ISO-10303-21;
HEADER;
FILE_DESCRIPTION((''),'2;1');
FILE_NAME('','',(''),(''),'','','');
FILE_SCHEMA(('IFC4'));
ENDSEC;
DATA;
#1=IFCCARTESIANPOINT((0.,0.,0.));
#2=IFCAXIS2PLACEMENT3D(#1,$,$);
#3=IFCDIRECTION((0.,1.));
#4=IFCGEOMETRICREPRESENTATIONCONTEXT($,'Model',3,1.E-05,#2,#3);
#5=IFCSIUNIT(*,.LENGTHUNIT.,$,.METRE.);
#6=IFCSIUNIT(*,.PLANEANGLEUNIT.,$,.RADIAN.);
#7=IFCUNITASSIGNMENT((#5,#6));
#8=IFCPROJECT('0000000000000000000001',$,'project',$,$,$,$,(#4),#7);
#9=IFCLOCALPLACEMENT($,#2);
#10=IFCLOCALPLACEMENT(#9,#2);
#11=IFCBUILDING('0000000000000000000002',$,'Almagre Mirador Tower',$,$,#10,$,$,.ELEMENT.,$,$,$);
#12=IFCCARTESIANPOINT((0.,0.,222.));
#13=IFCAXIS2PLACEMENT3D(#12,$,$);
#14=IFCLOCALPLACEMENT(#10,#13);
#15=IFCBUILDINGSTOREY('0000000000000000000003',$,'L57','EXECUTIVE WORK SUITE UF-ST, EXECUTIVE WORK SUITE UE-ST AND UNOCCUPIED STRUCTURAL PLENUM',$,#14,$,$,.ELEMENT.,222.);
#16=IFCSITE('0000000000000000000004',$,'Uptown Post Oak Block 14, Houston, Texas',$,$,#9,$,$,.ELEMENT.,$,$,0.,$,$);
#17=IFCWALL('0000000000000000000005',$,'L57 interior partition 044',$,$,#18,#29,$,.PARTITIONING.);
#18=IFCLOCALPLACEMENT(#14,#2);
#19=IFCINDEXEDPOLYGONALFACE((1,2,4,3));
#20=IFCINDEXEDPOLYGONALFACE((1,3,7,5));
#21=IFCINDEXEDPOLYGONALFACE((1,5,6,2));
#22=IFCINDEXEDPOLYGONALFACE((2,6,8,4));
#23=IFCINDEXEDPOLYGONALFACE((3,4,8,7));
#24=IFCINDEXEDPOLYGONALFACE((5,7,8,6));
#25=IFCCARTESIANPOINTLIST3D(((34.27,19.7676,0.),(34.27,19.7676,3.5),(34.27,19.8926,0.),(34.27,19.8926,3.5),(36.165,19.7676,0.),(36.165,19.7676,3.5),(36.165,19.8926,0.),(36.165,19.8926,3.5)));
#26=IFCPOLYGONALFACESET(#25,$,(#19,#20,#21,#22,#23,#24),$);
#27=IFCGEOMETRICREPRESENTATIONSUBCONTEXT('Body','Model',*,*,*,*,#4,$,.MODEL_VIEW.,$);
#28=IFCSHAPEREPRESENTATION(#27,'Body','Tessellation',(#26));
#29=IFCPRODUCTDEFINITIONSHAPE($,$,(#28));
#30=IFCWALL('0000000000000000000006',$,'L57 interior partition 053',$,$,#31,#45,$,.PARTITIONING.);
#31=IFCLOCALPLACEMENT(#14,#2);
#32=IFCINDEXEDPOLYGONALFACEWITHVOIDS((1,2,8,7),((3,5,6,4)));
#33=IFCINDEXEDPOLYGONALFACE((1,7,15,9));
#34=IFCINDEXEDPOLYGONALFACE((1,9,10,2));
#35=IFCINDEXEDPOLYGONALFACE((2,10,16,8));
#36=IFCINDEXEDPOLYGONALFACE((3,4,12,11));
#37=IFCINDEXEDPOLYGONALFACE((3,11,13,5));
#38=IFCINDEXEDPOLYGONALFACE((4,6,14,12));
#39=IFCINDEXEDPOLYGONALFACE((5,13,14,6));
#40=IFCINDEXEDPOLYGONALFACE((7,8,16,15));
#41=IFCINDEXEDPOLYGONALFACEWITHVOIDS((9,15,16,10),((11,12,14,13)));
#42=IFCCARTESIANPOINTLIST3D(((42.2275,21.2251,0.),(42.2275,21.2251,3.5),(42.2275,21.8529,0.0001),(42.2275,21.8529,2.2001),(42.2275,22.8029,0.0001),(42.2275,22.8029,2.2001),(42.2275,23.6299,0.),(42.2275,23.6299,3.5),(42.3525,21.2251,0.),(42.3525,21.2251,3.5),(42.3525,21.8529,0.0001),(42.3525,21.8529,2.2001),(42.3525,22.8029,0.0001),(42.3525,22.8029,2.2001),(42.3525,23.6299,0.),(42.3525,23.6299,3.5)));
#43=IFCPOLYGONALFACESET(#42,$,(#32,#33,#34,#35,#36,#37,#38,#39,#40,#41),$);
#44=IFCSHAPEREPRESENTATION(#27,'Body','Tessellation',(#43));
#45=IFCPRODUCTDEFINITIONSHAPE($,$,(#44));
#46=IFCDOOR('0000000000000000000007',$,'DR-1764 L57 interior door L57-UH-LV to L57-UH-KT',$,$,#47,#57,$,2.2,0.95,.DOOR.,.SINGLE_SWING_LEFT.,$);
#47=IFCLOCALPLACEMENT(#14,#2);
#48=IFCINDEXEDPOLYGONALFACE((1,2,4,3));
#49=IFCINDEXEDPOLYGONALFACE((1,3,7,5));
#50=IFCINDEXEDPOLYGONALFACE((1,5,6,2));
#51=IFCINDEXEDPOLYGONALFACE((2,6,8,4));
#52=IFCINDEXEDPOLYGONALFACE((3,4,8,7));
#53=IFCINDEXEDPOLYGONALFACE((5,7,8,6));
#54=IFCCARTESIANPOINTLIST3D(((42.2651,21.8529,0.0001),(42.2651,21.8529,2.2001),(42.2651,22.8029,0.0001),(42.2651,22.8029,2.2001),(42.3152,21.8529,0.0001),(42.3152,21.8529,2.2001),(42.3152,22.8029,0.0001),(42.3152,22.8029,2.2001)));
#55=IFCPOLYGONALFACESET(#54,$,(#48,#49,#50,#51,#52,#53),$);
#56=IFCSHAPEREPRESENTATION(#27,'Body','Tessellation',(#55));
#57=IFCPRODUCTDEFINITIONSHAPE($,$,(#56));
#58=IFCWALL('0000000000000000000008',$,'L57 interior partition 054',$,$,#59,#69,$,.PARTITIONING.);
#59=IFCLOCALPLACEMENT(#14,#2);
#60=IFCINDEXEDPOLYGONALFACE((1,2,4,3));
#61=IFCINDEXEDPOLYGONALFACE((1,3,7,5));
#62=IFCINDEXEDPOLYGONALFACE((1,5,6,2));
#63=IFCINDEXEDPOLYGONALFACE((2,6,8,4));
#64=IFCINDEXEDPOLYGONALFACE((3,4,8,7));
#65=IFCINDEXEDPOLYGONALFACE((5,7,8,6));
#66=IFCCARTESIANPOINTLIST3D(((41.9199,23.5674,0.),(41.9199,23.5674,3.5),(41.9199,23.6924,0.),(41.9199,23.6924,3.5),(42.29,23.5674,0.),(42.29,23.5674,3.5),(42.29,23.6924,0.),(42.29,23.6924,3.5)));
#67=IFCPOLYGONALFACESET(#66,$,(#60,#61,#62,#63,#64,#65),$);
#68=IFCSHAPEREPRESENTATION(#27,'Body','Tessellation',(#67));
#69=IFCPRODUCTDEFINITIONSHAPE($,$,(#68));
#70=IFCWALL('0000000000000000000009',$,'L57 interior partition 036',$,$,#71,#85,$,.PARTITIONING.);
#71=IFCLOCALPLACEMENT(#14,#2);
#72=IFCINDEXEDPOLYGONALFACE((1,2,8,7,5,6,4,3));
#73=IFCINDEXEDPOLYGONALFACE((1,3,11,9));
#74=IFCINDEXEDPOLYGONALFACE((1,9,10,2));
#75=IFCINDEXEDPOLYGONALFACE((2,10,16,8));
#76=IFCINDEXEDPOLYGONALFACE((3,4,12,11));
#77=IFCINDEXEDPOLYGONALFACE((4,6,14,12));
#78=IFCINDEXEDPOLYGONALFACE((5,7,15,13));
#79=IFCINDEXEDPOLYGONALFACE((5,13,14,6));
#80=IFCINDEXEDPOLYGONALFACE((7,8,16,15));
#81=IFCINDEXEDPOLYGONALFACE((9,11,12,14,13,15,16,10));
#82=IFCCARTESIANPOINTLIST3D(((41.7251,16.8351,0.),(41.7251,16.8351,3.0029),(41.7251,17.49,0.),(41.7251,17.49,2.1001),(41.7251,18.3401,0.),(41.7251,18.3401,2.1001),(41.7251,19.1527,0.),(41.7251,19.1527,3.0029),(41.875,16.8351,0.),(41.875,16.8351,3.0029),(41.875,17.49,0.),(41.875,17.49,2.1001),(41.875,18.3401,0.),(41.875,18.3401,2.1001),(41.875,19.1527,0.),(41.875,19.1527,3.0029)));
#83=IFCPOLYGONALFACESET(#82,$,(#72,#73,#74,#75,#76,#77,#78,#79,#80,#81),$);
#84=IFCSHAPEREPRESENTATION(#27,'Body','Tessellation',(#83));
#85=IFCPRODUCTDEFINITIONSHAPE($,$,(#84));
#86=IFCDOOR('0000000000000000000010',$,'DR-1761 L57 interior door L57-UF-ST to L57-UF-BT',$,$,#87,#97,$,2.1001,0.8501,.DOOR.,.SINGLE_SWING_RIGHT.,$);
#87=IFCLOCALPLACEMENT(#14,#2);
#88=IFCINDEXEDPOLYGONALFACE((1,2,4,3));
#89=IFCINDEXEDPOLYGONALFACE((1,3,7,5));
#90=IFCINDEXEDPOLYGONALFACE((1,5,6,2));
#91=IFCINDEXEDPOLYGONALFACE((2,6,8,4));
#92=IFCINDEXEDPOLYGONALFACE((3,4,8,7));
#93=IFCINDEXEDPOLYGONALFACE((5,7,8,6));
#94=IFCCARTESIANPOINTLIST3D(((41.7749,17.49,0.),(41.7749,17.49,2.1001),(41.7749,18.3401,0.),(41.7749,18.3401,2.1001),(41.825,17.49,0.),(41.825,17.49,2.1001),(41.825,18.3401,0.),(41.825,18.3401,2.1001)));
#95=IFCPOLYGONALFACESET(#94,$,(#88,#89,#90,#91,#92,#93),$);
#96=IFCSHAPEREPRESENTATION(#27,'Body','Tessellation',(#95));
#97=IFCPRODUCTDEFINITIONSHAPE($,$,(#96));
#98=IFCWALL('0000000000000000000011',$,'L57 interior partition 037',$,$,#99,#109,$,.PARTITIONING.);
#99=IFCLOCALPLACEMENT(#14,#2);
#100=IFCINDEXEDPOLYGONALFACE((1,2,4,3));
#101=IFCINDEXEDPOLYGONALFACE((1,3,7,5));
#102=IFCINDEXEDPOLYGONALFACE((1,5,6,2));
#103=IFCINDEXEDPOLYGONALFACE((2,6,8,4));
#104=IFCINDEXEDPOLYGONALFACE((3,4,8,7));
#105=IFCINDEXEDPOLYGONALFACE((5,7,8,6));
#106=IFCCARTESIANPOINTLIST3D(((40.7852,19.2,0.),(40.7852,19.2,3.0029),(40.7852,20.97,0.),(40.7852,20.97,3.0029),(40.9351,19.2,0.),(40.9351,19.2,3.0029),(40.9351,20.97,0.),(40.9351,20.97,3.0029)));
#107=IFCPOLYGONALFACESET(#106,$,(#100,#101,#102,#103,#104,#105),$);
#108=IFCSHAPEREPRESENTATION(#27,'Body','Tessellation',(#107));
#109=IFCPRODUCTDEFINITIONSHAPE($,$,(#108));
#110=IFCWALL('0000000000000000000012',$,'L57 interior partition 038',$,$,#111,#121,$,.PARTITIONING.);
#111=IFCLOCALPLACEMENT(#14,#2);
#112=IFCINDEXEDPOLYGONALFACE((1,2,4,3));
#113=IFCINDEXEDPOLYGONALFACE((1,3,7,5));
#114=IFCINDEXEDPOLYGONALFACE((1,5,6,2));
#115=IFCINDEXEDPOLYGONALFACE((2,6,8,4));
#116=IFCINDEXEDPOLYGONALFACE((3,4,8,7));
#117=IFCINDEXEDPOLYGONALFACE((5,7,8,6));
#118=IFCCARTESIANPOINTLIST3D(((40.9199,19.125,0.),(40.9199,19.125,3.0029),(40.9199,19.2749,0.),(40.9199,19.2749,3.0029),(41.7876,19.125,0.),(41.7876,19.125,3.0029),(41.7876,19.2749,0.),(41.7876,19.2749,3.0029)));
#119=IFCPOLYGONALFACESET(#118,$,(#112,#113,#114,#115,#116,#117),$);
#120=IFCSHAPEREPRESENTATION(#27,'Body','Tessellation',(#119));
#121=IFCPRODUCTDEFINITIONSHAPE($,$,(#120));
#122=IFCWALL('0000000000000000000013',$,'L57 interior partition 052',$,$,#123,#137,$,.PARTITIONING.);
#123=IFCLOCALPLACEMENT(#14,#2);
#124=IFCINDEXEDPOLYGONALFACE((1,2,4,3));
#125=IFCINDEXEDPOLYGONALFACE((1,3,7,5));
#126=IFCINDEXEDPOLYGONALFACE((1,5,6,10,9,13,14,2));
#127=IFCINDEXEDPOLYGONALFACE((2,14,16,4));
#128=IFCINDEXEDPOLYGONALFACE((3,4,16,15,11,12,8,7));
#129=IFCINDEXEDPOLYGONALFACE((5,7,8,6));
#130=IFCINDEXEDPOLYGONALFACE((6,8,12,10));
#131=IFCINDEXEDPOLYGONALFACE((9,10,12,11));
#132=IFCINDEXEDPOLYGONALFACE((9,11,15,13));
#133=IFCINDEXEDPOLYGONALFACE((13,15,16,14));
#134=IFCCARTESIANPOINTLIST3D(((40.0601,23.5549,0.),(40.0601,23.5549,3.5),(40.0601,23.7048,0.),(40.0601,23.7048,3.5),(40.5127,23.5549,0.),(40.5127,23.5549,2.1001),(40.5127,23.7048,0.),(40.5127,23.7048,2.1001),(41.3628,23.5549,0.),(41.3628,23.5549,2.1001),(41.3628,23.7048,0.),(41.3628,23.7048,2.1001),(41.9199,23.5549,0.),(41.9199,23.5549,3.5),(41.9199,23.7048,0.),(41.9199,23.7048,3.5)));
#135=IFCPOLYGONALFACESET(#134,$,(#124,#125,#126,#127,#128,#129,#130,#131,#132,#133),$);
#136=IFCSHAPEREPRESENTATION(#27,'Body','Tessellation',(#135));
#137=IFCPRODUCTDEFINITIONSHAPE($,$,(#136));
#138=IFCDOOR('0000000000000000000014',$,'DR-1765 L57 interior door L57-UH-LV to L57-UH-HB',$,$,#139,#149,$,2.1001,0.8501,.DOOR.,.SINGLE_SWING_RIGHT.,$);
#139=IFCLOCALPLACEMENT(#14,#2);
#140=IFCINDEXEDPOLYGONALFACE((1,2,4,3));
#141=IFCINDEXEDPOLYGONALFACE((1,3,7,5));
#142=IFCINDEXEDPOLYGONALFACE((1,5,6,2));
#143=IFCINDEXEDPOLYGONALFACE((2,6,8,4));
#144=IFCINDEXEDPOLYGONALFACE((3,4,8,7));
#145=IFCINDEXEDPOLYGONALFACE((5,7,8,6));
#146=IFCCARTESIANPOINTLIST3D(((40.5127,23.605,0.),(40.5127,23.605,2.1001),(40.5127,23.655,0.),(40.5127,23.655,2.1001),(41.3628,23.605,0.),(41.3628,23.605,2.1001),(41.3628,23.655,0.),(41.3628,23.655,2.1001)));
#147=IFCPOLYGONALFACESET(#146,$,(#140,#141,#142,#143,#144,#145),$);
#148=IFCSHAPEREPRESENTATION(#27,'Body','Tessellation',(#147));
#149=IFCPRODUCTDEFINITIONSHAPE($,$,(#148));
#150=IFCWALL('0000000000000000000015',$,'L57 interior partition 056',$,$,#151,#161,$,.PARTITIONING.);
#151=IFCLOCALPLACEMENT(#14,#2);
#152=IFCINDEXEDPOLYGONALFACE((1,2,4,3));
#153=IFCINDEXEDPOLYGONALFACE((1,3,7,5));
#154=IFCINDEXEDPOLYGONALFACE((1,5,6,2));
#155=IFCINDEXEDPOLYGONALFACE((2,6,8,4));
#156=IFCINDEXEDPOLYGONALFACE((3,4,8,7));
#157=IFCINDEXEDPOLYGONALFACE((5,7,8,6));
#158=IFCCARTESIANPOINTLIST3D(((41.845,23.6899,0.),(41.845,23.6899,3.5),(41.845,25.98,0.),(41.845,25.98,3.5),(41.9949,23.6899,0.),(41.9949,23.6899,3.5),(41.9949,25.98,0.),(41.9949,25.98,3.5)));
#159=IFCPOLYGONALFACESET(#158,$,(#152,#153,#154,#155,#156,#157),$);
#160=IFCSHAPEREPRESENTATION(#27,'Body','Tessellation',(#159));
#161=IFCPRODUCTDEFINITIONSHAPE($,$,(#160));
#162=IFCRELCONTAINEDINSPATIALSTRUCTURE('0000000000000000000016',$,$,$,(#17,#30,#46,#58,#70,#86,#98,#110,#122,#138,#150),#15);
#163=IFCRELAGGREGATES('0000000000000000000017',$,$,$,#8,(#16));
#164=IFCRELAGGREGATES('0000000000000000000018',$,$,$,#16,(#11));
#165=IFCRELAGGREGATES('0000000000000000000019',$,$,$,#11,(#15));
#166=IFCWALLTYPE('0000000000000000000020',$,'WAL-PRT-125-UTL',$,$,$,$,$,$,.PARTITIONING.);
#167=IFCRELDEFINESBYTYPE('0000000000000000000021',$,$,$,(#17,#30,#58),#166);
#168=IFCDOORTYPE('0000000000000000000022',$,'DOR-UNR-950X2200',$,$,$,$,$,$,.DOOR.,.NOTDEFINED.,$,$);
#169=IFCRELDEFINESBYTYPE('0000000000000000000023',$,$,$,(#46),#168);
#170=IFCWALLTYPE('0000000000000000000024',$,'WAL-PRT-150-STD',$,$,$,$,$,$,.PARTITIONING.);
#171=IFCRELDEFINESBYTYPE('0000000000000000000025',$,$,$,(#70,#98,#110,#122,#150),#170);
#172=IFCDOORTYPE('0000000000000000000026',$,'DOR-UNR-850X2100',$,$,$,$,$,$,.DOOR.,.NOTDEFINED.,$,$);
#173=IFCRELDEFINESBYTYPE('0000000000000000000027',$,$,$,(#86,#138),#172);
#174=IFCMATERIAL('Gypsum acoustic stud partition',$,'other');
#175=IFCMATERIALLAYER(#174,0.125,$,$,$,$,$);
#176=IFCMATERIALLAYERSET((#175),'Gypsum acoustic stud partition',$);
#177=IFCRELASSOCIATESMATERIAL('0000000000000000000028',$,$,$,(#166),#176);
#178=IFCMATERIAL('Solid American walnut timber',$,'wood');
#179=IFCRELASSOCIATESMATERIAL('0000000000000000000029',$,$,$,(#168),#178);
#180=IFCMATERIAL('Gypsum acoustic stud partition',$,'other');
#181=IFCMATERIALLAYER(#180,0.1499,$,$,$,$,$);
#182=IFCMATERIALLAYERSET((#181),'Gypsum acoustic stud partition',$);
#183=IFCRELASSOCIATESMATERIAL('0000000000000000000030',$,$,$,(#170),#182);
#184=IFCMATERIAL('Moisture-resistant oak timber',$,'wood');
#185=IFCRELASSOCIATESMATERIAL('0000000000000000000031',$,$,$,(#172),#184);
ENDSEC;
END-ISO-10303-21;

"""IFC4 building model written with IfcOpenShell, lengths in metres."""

from ifc_helpers import new_model, si_unit, direction, frame, frame_2d, origin, place, context, subcontext, project, spatial, rectangle, extrude, material, layer, layer_set, type_object, element, fill, save


model = new_model("IFC4")

# Units and contexts
model_context = context("Model", 3, precision=1e-05, world=origin(), true_north=direction((0.0, 1.0)))
body_context = subcontext(model_context, "Body", "Model", "MODEL_VIEW")
ifc_project = project(units=[si_unit("LENGTHUNIT", "METRE"), si_unit("PLANEANGLEUNIT", "RADIAN")], contexts=[model_context])

# Site, building, storey
site_placement = place(None, origin())
site = spatial("IfcSite", under=ifc_project, at=site_placement, Name="Uptown Post Oak Block 14, Houston, Texas", CompositionType="ELEMENT", RefElevation=0.0)
building_placement = place(site_placement, origin())
building = spatial("IfcBuilding", under=site, at=building_placement, Name="Almagre Mirador Tower", CompositionType="ELEMENT")
storey_placement = place(building_placement, frame((0.0, 0.0, 222.0)))
storey = spatial("IfcBuildingStorey", under=building, at=storey_placement, Name="L57", Description="EXECUTIVE WORK SUITE UF-ST, EXECUTIVE WORK SUITE UE-ST AND UNOCCUPIED STRUCTURAL PLENUM", CompositionType="ELEMENT", Elevation=222.0)

# Wall
ifc_material_1 = material(Name="Gypsum acoustic stud partition", Category="other")
ifc_layer_1 = layer(ifc_material_1, 0.125)
ifc_layer_set_1 = layer_set([ifc_layer_1], Name="Gypsum acoustic stud partition")
wall_type_1 = type_object("IfcWallType", Name="WAL-PRT-125-UTL", PredefinedType="PARTITIONING", material=ifc_layer_set_1)
wall_1_placement = place(storey_placement, frame((36.165, 19.8301, 0.0), z_axis=(0.0, 0.0, 1.0), x_axis=(-1.0, 0.0, 0.0)))
element("IfcWall", 1, at=wall_1_placement, inside=storey, type_object=wall_type_1, Name="L57 interior partition 044", PredefinedType="PARTITIONING", context=body_context, shape_type="SweptSolid", body=[
    extrude(rectangle(XDim=1.895, YDim=0.125, at=frame_2d((0.9475, 0.0))), origin(), (0.0, 0.0, 1.0), 3.5),
])

# Wall, opening, door
wall_2_placement = place(storey_placement, frame((42.29, 21.2251, 0.0), z_axis=(0.0, 0.0, 1.0), x_axis=(0.0, 1.0, 0.0)))
wall_2 = element("IfcWall", 2, at=wall_2_placement, inside=storey, type_object=wall_type_1, Name="L57 interior partition 053", PredefinedType="PARTITIONING", context=body_context, shape_type="SweptSolid", body=[
    extrude(rectangle(XDim=2.4048, YDim=0.125, at=frame_2d((1.2024, 0.0))), origin(), (0.0, 0.0, 1.0), 3.5),
])
opening_1_placement = place(wall_2_placement, frame((0.6277, 0.0, 0.0)))
opening_1 = element("IfcOpeningElement", 3, at=opening_1_placement, cuts=wall_2, PredefinedType="OPENING", context=body_context, shape_type="SweptSolid", body=[
    extrude(rectangle(XDim=0.95, YDim=2.2, at=frame_2d((0.4751, 1.1001))), frame((0.0, 0.0725, 0.0), z_axis=(0.0, -1.0, 0.0), x_axis=(1.0, 0.0, 0.0)), (0.0, 0.0, 1.0), 0.145),
])
ifc_material_2 = material(Name="Solid American walnut timber", Category="wood")
door_type_1 = type_object("IfcDoorType", Name="DOR-UNR-950X2200", OperationType="NOTDEFINED", PredefinedType="DOOR", material=ifc_material_2)
door_1_placement = place(opening_1_placement, origin())
door_1 = element("IfcDoor", 4, at=door_1_placement, inside=storey, type_object=door_type_1, Name="DR-1764 L57 interior door L57-UH-LV to L57-UH-KT", OperationType="SINGLE_SWING_LEFT", OverallHeight=2.2, OverallWidth=0.95, PredefinedType="DOOR", context=body_context, shape_type="SweptSolid", body=[
    extrude(rectangle(XDim=0.95, YDim=2.2, at=frame_2d((0.4751, 1.1001))), frame((0.0, 0.0249, 0.0), z_axis=(0.0, -1.0, 0.0), x_axis=(1.0, 0.0, 0.0)), (0.0, 0.0, 1.0), 0.05),
])
fill(opening_1, door_1)

# Wall
wall_3_placement = place(storey_placement, frame((42.29, 23.6299, 0.0), z_axis=(0.0, 0.0, 1.0), x_axis=(-1.0, 0.0, 0.0)))
element("IfcWall", 5, at=wall_3_placement, inside=storey, type_object=wall_type_1, Name="L57 interior partition 054", PredefinedType="PARTITIONING", context=body_context, shape_type="SweptSolid", body=[
    extrude(rectangle(XDim=0.3701, YDim=0.125, at=frame_2d((0.1851, 0.0))), origin(), (0.0, 0.0, 1.0), 3.5),
])

# Wall, opening, door
ifc_material_3 = material(Name="Gypsum acoustic stud partition", Category="other")
ifc_layer_2 = layer(ifc_material_3, 0.1499)
ifc_layer_set_2 = layer_set([ifc_layer_2], Name="Gypsum acoustic stud partition")
wall_type_2 = type_object("IfcWallType", Name="WAL-PRT-150-STD", PredefinedType="PARTITIONING", material=ifc_layer_set_2)
wall_4_placement = place(storey_placement, frame((41.8, 19.1526, 0.0), z_axis=(0.0, 0.0, 1.0), x_axis=(0.0, -1.0, 0.0)))
wall_4 = element("IfcWall", 6, at=wall_4_placement, inside=storey, type_object=wall_type_2, Name="L57 interior partition 036", PredefinedType="PARTITIONING", context=body_context, shape_type="SweptSolid", body=[
    extrude(rectangle(XDim=2.3176, YDim=0.1499, at=frame_2d((1.1587, 0.0))), origin(), (0.0, 0.0, 1.0), 3.0029),
])
opening_2_placement = place(wall_4_placement, frame((0.8125, 0.0, 0.0)))
opening_2 = element("IfcOpeningElement", 7, at=opening_2_placement, cuts=wall_4, PredefinedType="OPENING", context=body_context, shape_type="SweptSolid", body=[
    extrude(rectangle(XDim=0.8501, YDim=2.1001, at=frame_2d((0.425, 1.05))), frame((0.0, 0.085, 0.0), z_axis=(0.0, -1.0, 0.0), x_axis=(1.0, 0.0, 0.0)), (0.0, 0.0, 1.0), 0.1699),
])
ifc_material_4 = material(Name="Moisture-resistant oak timber", Category="wood")
door_type_2 = type_object("IfcDoorType", Name="DOR-UNR-850X2100", OperationType="NOTDEFINED", PredefinedType="DOOR", material=ifc_material_4)
door_2_placement = place(opening_2_placement, origin())
door_2 = element("IfcDoor", 8, at=door_2_placement, inside=storey, type_object=door_type_2, Name="DR-1761 L57 interior door L57-UF-ST to L57-UF-BT", OperationType="SINGLE_SWING_RIGHT", OverallHeight=2.1001, OverallWidth=0.8501, PredefinedType="DOOR", context=body_context, shape_type="SweptSolid", body=[
    extrude(rectangle(XDim=0.8501, YDim=2.1001, at=frame_2d((0.425, 1.05))), frame((0.0, 0.0249, 0.0), z_axis=(0.0, -1.0, 0.0), x_axis=(1.0, 0.0, 0.0)), (0.0, 0.0, 1.0), 0.05),
])
fill(opening_2, door_2)

# Walls
wall_5_placement = place(storey_placement, frame((40.8601, 20.97, 0.0), z_axis=(0.0, 0.0, 1.0), x_axis=(0.0, -1.0, 0.0)))
element("IfcWall", 9, at=wall_5_placement, inside=storey, type_object=wall_type_2, Name="L57 interior partition 037", PredefinedType="PARTITIONING", context=body_context, shape_type="SweptSolid", body=[
    extrude(rectangle(XDim=1.77, YDim=0.1499, at=frame_2d((0.885, 0.0))), origin(), (0.0, 0.0, 1.0), 3.0029),
])
wall_6_placement = place(storey_placement, frame((40.9199, 19.2, 0.0), z_axis=(0.0, 0.0, 1.0), x_axis=(1.0, 0.0, 0.0)))
element("IfcWall", 10, at=wall_6_placement, inside=storey, type_object=wall_type_2, Name="L57 interior partition 038", PredefinedType="PARTITIONING", context=body_context, shape_type="SweptSolid", body=[
    extrude(rectangle(XDim=0.8677, YDim=0.1499, at=frame_2d((0.4338, 0.0))), origin(), (0.0, 0.0, 1.0), 3.0029),
])

# Wall, opening, door
wall_7_placement = place(storey_placement, frame((41.9199, 23.6299, 0.0), z_axis=(0.0, 0.0, 1.0), x_axis=(-1.0, 0.0, 0.0)))
wall_7 = element("IfcWall", 11, at=wall_7_placement, inside=storey, type_object=wall_type_2, Name="L57 interior partition 052", PredefinedType="PARTITIONING", context=body_context, shape_type="SweptSolid", body=[
    extrude(rectangle(XDim=1.8599, YDim=0.1499, at=frame_2d((0.9299, 0.0))), origin(), (0.0, 0.0, 1.0), 3.5),
])
opening_3_placement = place(wall_7_placement, frame((0.5571, 0.0, 0.0)))
opening_3 = element("IfcOpeningElement", 12, at=opening_3_placement, cuts=wall_7, PredefinedType="OPENING", context=body_context, shape_type="SweptSolid", body=[
    extrude(rectangle(XDim=0.8501, YDim=2.1001, at=frame_2d((0.425, 1.05))), frame((0.0, 0.085, 0.0), z_axis=(0.0, -1.0, 0.0), x_axis=(1.0, 0.0, 0.0)), (0.0, 0.0, 1.0), 0.1699),
])
door_3_placement = place(opening_3_placement, origin())
door_3 = element("IfcDoor", 13, at=door_3_placement, inside=storey, type_object=door_type_2, Name="DR-1765 L57 interior door L57-UH-LV to L57-UH-HB", OperationType="SINGLE_SWING_RIGHT", OverallHeight=2.1001, OverallWidth=0.8501, PredefinedType="DOOR", context=body_context, shape_type="SweptSolid", body=[
    extrude(rectangle(XDim=0.8501, YDim=2.1001, at=frame_2d((0.425, 1.05))), frame((0.0, 0.0249, 0.0), z_axis=(0.0, -1.0, 0.0), x_axis=(1.0, 0.0, 0.0)), (0.0, 0.0, 1.0), 0.05),
])
fill(opening_3, door_3)

# Wall
wall_8_placement = place(storey_placement, frame((41.9199, 23.6899, 0.0), z_axis=(0.0, 0.0, 1.0), x_axis=(0.0, 1.0, 0.0)))
element("IfcWall", 14, at=wall_8_placement, inside=storey, type_object=wall_type_2, Name="L57 interior partition 056", PredefinedType="PARTITIONING", context=body_context, shape_type="SweptSolid", body=[
    extrude(rectangle(XDim=2.29, YDim=0.1499, at=frame_2d((1.145, 0.0))), origin(), (0.0, 0.0, 1.0), 3.5),
])

save(model, "model.ifc")
